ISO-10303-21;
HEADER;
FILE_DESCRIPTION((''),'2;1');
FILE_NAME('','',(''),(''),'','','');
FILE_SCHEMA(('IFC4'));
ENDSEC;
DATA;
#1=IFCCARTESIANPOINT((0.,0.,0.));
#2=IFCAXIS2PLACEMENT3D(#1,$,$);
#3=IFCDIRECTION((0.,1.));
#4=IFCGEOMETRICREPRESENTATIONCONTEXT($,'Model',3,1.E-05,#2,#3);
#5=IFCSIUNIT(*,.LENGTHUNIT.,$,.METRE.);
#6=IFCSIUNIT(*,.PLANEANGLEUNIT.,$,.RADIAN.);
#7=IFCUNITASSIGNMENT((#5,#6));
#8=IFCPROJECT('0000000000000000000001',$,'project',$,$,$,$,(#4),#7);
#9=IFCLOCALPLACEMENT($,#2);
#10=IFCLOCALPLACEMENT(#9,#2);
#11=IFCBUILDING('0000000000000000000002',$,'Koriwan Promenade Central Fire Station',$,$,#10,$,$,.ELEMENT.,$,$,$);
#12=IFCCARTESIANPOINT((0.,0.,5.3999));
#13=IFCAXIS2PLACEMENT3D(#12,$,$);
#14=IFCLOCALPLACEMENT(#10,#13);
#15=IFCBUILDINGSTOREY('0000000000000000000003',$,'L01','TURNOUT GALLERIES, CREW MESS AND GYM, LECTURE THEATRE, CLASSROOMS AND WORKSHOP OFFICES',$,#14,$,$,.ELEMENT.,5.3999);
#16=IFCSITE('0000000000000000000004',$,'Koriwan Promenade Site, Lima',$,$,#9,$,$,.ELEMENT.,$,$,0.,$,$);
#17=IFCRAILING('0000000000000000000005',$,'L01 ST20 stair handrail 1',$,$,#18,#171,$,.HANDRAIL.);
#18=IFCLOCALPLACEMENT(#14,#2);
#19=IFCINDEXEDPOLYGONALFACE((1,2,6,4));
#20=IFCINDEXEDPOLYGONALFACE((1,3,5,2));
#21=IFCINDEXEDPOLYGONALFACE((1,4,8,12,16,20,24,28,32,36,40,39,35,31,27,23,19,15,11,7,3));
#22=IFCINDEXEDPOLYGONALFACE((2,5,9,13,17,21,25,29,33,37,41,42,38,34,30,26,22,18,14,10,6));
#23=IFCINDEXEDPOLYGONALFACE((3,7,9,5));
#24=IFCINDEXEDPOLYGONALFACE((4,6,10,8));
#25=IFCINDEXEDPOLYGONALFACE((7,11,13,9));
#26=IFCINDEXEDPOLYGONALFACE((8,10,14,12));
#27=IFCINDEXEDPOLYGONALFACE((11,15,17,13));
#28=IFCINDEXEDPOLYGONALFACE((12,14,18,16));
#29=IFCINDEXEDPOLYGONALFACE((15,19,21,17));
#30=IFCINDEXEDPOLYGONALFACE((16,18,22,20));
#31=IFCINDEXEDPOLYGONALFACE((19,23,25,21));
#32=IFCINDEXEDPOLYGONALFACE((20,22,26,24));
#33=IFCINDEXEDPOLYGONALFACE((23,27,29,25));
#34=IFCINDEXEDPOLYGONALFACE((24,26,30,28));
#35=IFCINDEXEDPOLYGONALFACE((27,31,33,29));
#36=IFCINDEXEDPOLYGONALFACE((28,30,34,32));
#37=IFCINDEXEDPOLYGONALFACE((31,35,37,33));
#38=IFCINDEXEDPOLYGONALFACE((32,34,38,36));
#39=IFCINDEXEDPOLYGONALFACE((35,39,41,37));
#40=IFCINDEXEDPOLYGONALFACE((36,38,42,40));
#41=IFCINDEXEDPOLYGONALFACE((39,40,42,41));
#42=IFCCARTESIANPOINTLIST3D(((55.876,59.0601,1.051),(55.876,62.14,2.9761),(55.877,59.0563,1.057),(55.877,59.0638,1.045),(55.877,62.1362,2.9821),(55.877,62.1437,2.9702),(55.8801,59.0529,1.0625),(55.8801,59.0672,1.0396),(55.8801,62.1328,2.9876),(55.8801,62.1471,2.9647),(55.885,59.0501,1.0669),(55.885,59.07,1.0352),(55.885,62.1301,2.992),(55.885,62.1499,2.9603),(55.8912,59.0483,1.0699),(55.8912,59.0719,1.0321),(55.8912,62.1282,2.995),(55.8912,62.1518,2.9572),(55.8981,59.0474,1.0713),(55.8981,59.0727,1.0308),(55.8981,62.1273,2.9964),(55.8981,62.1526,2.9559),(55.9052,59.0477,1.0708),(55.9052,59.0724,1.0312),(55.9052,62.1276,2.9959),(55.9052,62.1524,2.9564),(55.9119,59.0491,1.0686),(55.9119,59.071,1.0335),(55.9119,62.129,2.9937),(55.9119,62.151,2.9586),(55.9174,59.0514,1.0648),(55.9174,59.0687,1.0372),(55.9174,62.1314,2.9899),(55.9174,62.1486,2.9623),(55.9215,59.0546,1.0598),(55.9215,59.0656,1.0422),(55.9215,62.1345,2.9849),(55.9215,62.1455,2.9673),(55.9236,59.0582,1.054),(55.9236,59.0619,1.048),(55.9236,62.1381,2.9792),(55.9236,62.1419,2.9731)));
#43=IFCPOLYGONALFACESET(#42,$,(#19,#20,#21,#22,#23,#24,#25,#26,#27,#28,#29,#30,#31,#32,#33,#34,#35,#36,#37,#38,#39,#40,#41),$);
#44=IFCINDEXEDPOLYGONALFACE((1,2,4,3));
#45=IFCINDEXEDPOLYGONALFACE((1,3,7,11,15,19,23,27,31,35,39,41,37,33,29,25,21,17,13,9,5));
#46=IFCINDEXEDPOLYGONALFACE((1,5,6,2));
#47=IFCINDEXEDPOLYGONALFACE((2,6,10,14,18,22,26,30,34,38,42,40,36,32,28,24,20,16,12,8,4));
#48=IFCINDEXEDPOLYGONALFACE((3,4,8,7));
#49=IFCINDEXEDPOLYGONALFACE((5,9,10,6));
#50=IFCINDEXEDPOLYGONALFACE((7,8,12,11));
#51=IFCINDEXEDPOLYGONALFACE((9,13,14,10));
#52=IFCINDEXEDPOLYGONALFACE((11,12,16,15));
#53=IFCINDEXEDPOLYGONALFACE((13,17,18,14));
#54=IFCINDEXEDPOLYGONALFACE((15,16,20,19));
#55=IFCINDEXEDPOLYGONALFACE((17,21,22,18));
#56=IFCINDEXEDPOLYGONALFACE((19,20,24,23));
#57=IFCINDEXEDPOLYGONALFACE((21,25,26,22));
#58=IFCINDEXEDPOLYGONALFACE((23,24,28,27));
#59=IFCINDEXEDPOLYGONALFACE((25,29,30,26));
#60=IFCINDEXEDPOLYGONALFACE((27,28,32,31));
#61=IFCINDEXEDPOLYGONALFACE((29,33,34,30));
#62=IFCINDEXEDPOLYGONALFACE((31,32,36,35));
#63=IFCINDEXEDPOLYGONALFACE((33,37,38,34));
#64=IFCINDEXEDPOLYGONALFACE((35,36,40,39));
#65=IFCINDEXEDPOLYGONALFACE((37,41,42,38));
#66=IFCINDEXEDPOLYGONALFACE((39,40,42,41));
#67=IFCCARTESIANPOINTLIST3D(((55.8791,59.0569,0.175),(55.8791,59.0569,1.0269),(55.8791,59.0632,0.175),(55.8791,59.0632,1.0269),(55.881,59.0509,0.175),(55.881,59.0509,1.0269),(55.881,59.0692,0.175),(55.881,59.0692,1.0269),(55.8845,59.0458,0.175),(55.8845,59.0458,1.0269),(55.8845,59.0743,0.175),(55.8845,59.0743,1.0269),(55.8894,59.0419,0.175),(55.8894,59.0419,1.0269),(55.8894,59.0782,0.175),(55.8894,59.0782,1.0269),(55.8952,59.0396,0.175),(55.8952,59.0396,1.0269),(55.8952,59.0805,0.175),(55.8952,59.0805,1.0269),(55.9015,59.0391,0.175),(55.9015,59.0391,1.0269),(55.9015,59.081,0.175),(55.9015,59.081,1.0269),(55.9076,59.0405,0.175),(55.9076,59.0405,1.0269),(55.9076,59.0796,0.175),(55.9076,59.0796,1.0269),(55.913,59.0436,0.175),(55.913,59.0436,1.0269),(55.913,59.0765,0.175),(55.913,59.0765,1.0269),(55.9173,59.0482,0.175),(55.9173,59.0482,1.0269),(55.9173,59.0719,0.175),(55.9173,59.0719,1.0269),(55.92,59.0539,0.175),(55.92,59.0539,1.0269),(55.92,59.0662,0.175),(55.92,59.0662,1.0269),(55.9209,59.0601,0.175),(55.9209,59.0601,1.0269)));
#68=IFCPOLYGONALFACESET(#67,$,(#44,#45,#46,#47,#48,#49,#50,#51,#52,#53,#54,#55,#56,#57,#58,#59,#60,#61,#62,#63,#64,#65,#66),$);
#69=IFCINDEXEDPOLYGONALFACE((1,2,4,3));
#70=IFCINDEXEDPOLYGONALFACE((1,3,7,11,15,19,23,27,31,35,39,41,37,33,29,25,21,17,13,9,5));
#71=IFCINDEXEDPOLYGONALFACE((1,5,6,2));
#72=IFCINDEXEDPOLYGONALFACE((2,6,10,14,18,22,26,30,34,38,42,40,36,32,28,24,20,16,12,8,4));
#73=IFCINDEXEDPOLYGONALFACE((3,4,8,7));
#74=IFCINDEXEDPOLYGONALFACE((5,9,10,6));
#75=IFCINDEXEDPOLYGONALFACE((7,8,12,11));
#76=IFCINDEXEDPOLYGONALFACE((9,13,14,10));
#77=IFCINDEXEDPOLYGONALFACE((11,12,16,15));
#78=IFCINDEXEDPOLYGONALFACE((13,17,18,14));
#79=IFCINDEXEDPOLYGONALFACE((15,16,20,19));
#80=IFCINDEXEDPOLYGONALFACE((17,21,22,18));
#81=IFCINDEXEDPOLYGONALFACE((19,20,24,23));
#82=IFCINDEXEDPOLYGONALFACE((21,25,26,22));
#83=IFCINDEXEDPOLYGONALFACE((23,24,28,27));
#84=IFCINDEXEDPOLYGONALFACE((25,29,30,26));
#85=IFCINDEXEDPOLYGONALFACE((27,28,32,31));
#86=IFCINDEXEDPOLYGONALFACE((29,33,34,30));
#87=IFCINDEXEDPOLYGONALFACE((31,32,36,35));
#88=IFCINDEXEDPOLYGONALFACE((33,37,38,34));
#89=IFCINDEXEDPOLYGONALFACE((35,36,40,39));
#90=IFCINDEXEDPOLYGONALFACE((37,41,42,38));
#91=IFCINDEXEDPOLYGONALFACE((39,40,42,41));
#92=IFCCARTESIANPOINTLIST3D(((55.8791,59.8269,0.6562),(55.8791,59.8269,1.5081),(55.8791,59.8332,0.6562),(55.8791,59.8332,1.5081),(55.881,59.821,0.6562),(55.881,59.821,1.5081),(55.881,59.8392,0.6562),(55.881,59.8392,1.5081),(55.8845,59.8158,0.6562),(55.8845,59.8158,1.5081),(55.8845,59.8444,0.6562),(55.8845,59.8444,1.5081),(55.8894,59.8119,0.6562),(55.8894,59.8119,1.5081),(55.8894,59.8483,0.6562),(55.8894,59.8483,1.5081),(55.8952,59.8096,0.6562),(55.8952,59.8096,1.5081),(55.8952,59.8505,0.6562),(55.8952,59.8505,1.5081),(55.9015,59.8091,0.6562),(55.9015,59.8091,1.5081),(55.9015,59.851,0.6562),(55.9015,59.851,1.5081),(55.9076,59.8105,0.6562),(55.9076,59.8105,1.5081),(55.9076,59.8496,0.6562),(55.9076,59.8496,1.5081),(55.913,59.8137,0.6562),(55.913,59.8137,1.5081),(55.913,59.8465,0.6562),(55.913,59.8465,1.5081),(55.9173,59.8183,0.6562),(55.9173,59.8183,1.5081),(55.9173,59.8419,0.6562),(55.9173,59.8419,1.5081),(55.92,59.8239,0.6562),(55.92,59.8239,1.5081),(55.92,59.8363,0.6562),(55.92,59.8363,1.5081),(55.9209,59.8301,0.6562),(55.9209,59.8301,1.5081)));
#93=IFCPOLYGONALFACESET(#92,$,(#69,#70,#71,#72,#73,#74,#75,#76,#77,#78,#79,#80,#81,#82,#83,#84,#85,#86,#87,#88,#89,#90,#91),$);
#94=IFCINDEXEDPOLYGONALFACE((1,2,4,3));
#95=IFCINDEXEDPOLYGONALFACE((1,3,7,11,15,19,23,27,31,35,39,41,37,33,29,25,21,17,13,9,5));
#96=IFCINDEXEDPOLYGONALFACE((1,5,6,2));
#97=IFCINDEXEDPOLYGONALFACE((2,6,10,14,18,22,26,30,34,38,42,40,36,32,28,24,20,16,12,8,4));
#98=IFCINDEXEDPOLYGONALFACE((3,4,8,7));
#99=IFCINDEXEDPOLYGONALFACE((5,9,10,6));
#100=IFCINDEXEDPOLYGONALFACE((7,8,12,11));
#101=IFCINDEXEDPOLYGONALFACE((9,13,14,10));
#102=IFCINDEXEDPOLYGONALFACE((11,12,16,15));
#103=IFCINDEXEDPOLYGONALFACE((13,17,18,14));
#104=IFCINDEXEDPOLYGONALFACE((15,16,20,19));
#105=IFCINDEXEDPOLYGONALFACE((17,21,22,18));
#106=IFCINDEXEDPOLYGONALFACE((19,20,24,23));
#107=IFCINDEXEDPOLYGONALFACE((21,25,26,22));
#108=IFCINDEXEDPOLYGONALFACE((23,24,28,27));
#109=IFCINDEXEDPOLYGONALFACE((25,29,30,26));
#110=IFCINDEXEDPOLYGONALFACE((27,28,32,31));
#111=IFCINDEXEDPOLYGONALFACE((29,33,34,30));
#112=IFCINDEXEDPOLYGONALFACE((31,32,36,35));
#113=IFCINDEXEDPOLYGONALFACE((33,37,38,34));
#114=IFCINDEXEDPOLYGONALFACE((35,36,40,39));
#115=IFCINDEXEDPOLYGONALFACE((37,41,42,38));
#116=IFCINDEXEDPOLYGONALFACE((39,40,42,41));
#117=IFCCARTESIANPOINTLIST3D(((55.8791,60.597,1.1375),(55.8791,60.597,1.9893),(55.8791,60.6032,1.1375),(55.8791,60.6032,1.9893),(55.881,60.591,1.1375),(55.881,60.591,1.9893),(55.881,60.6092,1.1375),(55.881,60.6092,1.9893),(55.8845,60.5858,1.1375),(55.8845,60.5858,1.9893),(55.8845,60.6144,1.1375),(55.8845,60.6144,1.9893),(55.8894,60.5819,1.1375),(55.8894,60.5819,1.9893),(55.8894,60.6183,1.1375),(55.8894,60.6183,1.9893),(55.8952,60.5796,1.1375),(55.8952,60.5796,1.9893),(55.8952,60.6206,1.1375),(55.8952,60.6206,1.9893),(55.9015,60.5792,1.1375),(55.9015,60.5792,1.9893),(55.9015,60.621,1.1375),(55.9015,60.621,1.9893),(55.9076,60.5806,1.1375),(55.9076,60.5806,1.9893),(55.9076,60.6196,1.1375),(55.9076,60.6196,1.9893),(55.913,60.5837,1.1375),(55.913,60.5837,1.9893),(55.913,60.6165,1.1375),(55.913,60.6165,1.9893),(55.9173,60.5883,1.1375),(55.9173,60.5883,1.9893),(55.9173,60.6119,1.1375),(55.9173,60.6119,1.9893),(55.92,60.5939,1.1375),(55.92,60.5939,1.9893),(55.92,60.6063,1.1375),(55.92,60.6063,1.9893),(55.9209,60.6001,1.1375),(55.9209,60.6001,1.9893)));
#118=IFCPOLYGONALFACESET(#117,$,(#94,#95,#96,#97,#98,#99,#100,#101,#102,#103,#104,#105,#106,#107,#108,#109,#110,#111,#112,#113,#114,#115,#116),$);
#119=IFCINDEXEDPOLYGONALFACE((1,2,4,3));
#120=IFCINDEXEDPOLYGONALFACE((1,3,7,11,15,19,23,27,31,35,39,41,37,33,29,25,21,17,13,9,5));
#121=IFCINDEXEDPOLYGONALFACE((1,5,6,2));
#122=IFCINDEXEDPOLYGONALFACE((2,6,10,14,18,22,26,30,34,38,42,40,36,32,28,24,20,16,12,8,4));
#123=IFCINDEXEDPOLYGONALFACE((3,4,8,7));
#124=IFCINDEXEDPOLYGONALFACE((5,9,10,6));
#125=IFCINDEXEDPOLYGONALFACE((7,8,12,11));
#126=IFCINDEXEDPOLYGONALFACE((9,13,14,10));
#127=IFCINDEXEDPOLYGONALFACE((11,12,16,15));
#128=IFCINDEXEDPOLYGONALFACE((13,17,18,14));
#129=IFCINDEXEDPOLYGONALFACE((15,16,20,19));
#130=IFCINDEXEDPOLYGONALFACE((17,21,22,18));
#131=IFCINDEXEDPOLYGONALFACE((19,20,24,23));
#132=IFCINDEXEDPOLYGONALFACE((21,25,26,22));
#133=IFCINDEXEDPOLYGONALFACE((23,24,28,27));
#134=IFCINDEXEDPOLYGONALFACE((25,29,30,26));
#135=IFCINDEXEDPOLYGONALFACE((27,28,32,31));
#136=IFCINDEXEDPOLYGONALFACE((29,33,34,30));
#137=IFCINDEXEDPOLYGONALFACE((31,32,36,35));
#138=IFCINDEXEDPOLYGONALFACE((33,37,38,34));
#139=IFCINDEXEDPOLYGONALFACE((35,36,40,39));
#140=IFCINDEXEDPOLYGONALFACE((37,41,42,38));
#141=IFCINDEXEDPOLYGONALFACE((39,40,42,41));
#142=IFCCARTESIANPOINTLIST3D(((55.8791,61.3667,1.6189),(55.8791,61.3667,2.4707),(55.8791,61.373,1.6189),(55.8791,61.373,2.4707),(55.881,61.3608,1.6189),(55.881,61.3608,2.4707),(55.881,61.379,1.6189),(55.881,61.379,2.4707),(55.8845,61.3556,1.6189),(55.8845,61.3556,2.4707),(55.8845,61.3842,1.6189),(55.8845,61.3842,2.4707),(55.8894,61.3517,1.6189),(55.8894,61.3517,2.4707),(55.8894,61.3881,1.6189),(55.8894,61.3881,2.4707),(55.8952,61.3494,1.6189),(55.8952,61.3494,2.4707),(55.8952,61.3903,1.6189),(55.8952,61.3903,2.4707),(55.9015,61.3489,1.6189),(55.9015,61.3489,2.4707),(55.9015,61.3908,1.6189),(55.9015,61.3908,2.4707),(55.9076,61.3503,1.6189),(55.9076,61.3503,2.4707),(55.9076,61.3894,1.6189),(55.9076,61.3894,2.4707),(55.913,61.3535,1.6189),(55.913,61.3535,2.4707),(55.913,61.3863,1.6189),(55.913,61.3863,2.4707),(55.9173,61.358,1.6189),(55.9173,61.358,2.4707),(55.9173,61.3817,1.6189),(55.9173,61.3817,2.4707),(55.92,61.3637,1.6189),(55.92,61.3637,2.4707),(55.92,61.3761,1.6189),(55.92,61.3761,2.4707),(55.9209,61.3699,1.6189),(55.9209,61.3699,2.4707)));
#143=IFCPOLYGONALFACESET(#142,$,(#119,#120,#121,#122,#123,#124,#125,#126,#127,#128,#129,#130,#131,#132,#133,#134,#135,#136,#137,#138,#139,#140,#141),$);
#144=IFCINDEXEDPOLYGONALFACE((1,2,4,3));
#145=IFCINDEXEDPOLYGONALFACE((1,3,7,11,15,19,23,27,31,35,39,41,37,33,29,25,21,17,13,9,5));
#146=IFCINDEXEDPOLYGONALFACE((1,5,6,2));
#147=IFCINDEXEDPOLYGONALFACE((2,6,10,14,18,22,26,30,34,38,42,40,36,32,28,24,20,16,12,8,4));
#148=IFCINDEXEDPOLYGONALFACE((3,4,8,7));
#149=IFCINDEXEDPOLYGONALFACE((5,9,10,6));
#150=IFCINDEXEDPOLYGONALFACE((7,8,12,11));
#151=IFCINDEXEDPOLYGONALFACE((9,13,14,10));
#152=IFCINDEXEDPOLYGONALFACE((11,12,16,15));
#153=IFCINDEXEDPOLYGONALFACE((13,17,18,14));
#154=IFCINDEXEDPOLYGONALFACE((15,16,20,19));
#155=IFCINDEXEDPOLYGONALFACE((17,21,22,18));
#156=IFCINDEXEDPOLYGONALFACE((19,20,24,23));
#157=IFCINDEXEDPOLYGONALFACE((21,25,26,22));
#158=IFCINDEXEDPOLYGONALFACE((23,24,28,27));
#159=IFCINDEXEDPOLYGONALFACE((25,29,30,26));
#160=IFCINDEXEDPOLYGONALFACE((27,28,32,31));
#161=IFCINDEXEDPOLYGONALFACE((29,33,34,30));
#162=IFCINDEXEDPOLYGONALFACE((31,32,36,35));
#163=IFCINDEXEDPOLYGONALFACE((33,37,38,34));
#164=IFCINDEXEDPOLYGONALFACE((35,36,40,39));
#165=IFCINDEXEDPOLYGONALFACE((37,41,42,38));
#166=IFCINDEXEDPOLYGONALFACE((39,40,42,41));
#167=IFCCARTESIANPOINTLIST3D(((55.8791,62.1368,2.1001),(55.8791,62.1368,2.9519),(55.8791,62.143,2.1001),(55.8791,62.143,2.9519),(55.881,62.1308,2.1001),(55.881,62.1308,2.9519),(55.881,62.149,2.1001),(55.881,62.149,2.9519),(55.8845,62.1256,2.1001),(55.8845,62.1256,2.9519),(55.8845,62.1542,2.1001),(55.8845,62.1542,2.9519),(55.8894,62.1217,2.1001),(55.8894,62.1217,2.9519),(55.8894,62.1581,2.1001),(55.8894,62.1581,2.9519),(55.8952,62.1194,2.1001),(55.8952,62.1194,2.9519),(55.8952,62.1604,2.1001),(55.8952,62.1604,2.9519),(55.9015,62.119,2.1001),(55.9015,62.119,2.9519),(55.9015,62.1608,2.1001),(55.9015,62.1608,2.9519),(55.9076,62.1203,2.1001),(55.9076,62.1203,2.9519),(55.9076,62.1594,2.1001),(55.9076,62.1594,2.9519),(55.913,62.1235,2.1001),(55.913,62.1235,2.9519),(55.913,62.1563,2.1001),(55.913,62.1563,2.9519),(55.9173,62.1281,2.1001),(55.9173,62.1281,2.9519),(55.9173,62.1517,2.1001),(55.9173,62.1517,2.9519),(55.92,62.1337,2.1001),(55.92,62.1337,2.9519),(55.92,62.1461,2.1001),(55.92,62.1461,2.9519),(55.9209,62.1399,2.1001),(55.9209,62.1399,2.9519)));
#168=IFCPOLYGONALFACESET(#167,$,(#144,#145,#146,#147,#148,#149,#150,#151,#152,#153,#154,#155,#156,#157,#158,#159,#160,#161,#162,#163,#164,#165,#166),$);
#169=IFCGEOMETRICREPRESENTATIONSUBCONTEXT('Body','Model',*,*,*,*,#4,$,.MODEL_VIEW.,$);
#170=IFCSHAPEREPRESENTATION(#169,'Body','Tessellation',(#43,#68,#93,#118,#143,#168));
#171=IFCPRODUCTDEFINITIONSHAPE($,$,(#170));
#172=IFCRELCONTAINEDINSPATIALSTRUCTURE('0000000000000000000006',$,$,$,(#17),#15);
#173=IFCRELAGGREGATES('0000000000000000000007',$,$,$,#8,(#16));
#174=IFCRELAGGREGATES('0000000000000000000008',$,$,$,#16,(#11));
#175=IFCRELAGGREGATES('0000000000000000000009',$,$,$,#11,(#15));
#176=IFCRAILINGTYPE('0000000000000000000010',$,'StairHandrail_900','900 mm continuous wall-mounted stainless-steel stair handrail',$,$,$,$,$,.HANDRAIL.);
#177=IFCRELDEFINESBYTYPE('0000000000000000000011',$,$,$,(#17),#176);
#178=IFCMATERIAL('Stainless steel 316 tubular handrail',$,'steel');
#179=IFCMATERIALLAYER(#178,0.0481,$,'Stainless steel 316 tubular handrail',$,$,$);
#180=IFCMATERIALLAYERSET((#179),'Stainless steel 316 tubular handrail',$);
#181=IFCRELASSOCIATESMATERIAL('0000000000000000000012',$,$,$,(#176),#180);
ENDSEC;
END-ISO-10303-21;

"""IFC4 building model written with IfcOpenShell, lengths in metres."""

from ifc_helpers import new_model, si_unit, direction, frame, origin, origin_2d, place, context, subcontext, project, spatial, circle, extrude, material, layer, layer_set, type_object, element, save


model = new_model("IFC4")

# Units and contexts
model_context = context("Model", 3, precision=1e-05, world=origin(), true_north=direction((0.0, 1.0)))
body_context = subcontext(model_context, "Body", "Model", "MODEL_VIEW")
ifc_project = project(units=[si_unit("LENGTHUNIT", "METRE"), si_unit("PLANEANGLEUNIT", "RADIAN")], contexts=[model_context])

# Site, building, storey
site_placement = place(None, origin())
site = spatial("IfcSite", under=ifc_project, at=site_placement, Name="Koriwan Promenade Site, Lima", CompositionType="ELEMENT", RefElevation=0.0)
building_placement = place(site_placement, origin())
building = spatial("IfcBuilding", under=site, at=building_placement, Name="Koriwan Promenade Central Fire Station", CompositionType="ELEMENT")
storey_placement = place(building_placement, frame((0.0, 0.0, 5.3999)))
storey = spatial("IfcBuildingStorey", under=building, at=storey_placement, Name="L01", Description="TURNOUT GALLERIES, CREW MESS AND GYM, LECTURE THEATRE, CLASSROOMS AND WORKSHOP OFFICES", CompositionType="ELEMENT", Elevation=5.3999)

# Railing
ifc_material_1 = material(Name="Stainless steel 316 tubular handrail", Category="steel")
ifc_layer_1 = layer(ifc_material_1, 0.0481, Name="Stainless steel 316 tubular handrail")
ifc_layer_set_1 = layer_set([ifc_layer_1], Name="Stainless steel 316 tubular handrail")
railing_type_1 = type_object("IfcRailingType", Name="StairHandrail_900", Description="900 mm continuous wall-mounted stainless-steel stair handrail", PredefinedType="HANDRAIL", material=ifc_layer_set_1)
railing_1_placement = place(storey_placement, frame((55.8999, 59.0601, 0.175)))
element("IfcRailing", 1, at=railing_1_placement, inside=storey, type_object=railing_type_1, Name="L01 ST20 stair handrail 1", PredefinedType="HANDRAIL", context=body_context, shape_type="SweptSolid", body=[
    extrude(circle(Radius=0.0239, at=origin_2d()), frame((0.0, 0.0, 0.876), z_axis=(0.0, 0.847979, 0.530029), x_axis=(-1.0, 0.0, 0.0)), (0.0, 0.0, 1.0), 3.6321),
    extrude(circle(Radius=0.021, at=origin_2d()), origin(), (0.0, 0.0, 1.0), 0.8518),
    extrude(circle(Radius=0.021, at=origin_2d()), frame((0.0, 0.77, 0.4812)), (0.0, 0.0, 1.0), 0.8518),
    extrude(circle(Radius=0.021, at=origin_2d()), frame((0.0, 1.54, 0.9624)), (0.0, 0.0, 1.0), 0.8518),
    extrude(circle(Radius=0.021, at=origin_2d()), frame((0.0, 2.3098, 1.4438)), (0.0, 0.0, 1.0), 0.8518),
    extrude(circle(Radius=0.021, at=origin_2d()), frame((0.0, 3.0798, 1.925)), (0.0, 0.0, 1.0), 0.8518),
])

save(model, "model.ifc")
